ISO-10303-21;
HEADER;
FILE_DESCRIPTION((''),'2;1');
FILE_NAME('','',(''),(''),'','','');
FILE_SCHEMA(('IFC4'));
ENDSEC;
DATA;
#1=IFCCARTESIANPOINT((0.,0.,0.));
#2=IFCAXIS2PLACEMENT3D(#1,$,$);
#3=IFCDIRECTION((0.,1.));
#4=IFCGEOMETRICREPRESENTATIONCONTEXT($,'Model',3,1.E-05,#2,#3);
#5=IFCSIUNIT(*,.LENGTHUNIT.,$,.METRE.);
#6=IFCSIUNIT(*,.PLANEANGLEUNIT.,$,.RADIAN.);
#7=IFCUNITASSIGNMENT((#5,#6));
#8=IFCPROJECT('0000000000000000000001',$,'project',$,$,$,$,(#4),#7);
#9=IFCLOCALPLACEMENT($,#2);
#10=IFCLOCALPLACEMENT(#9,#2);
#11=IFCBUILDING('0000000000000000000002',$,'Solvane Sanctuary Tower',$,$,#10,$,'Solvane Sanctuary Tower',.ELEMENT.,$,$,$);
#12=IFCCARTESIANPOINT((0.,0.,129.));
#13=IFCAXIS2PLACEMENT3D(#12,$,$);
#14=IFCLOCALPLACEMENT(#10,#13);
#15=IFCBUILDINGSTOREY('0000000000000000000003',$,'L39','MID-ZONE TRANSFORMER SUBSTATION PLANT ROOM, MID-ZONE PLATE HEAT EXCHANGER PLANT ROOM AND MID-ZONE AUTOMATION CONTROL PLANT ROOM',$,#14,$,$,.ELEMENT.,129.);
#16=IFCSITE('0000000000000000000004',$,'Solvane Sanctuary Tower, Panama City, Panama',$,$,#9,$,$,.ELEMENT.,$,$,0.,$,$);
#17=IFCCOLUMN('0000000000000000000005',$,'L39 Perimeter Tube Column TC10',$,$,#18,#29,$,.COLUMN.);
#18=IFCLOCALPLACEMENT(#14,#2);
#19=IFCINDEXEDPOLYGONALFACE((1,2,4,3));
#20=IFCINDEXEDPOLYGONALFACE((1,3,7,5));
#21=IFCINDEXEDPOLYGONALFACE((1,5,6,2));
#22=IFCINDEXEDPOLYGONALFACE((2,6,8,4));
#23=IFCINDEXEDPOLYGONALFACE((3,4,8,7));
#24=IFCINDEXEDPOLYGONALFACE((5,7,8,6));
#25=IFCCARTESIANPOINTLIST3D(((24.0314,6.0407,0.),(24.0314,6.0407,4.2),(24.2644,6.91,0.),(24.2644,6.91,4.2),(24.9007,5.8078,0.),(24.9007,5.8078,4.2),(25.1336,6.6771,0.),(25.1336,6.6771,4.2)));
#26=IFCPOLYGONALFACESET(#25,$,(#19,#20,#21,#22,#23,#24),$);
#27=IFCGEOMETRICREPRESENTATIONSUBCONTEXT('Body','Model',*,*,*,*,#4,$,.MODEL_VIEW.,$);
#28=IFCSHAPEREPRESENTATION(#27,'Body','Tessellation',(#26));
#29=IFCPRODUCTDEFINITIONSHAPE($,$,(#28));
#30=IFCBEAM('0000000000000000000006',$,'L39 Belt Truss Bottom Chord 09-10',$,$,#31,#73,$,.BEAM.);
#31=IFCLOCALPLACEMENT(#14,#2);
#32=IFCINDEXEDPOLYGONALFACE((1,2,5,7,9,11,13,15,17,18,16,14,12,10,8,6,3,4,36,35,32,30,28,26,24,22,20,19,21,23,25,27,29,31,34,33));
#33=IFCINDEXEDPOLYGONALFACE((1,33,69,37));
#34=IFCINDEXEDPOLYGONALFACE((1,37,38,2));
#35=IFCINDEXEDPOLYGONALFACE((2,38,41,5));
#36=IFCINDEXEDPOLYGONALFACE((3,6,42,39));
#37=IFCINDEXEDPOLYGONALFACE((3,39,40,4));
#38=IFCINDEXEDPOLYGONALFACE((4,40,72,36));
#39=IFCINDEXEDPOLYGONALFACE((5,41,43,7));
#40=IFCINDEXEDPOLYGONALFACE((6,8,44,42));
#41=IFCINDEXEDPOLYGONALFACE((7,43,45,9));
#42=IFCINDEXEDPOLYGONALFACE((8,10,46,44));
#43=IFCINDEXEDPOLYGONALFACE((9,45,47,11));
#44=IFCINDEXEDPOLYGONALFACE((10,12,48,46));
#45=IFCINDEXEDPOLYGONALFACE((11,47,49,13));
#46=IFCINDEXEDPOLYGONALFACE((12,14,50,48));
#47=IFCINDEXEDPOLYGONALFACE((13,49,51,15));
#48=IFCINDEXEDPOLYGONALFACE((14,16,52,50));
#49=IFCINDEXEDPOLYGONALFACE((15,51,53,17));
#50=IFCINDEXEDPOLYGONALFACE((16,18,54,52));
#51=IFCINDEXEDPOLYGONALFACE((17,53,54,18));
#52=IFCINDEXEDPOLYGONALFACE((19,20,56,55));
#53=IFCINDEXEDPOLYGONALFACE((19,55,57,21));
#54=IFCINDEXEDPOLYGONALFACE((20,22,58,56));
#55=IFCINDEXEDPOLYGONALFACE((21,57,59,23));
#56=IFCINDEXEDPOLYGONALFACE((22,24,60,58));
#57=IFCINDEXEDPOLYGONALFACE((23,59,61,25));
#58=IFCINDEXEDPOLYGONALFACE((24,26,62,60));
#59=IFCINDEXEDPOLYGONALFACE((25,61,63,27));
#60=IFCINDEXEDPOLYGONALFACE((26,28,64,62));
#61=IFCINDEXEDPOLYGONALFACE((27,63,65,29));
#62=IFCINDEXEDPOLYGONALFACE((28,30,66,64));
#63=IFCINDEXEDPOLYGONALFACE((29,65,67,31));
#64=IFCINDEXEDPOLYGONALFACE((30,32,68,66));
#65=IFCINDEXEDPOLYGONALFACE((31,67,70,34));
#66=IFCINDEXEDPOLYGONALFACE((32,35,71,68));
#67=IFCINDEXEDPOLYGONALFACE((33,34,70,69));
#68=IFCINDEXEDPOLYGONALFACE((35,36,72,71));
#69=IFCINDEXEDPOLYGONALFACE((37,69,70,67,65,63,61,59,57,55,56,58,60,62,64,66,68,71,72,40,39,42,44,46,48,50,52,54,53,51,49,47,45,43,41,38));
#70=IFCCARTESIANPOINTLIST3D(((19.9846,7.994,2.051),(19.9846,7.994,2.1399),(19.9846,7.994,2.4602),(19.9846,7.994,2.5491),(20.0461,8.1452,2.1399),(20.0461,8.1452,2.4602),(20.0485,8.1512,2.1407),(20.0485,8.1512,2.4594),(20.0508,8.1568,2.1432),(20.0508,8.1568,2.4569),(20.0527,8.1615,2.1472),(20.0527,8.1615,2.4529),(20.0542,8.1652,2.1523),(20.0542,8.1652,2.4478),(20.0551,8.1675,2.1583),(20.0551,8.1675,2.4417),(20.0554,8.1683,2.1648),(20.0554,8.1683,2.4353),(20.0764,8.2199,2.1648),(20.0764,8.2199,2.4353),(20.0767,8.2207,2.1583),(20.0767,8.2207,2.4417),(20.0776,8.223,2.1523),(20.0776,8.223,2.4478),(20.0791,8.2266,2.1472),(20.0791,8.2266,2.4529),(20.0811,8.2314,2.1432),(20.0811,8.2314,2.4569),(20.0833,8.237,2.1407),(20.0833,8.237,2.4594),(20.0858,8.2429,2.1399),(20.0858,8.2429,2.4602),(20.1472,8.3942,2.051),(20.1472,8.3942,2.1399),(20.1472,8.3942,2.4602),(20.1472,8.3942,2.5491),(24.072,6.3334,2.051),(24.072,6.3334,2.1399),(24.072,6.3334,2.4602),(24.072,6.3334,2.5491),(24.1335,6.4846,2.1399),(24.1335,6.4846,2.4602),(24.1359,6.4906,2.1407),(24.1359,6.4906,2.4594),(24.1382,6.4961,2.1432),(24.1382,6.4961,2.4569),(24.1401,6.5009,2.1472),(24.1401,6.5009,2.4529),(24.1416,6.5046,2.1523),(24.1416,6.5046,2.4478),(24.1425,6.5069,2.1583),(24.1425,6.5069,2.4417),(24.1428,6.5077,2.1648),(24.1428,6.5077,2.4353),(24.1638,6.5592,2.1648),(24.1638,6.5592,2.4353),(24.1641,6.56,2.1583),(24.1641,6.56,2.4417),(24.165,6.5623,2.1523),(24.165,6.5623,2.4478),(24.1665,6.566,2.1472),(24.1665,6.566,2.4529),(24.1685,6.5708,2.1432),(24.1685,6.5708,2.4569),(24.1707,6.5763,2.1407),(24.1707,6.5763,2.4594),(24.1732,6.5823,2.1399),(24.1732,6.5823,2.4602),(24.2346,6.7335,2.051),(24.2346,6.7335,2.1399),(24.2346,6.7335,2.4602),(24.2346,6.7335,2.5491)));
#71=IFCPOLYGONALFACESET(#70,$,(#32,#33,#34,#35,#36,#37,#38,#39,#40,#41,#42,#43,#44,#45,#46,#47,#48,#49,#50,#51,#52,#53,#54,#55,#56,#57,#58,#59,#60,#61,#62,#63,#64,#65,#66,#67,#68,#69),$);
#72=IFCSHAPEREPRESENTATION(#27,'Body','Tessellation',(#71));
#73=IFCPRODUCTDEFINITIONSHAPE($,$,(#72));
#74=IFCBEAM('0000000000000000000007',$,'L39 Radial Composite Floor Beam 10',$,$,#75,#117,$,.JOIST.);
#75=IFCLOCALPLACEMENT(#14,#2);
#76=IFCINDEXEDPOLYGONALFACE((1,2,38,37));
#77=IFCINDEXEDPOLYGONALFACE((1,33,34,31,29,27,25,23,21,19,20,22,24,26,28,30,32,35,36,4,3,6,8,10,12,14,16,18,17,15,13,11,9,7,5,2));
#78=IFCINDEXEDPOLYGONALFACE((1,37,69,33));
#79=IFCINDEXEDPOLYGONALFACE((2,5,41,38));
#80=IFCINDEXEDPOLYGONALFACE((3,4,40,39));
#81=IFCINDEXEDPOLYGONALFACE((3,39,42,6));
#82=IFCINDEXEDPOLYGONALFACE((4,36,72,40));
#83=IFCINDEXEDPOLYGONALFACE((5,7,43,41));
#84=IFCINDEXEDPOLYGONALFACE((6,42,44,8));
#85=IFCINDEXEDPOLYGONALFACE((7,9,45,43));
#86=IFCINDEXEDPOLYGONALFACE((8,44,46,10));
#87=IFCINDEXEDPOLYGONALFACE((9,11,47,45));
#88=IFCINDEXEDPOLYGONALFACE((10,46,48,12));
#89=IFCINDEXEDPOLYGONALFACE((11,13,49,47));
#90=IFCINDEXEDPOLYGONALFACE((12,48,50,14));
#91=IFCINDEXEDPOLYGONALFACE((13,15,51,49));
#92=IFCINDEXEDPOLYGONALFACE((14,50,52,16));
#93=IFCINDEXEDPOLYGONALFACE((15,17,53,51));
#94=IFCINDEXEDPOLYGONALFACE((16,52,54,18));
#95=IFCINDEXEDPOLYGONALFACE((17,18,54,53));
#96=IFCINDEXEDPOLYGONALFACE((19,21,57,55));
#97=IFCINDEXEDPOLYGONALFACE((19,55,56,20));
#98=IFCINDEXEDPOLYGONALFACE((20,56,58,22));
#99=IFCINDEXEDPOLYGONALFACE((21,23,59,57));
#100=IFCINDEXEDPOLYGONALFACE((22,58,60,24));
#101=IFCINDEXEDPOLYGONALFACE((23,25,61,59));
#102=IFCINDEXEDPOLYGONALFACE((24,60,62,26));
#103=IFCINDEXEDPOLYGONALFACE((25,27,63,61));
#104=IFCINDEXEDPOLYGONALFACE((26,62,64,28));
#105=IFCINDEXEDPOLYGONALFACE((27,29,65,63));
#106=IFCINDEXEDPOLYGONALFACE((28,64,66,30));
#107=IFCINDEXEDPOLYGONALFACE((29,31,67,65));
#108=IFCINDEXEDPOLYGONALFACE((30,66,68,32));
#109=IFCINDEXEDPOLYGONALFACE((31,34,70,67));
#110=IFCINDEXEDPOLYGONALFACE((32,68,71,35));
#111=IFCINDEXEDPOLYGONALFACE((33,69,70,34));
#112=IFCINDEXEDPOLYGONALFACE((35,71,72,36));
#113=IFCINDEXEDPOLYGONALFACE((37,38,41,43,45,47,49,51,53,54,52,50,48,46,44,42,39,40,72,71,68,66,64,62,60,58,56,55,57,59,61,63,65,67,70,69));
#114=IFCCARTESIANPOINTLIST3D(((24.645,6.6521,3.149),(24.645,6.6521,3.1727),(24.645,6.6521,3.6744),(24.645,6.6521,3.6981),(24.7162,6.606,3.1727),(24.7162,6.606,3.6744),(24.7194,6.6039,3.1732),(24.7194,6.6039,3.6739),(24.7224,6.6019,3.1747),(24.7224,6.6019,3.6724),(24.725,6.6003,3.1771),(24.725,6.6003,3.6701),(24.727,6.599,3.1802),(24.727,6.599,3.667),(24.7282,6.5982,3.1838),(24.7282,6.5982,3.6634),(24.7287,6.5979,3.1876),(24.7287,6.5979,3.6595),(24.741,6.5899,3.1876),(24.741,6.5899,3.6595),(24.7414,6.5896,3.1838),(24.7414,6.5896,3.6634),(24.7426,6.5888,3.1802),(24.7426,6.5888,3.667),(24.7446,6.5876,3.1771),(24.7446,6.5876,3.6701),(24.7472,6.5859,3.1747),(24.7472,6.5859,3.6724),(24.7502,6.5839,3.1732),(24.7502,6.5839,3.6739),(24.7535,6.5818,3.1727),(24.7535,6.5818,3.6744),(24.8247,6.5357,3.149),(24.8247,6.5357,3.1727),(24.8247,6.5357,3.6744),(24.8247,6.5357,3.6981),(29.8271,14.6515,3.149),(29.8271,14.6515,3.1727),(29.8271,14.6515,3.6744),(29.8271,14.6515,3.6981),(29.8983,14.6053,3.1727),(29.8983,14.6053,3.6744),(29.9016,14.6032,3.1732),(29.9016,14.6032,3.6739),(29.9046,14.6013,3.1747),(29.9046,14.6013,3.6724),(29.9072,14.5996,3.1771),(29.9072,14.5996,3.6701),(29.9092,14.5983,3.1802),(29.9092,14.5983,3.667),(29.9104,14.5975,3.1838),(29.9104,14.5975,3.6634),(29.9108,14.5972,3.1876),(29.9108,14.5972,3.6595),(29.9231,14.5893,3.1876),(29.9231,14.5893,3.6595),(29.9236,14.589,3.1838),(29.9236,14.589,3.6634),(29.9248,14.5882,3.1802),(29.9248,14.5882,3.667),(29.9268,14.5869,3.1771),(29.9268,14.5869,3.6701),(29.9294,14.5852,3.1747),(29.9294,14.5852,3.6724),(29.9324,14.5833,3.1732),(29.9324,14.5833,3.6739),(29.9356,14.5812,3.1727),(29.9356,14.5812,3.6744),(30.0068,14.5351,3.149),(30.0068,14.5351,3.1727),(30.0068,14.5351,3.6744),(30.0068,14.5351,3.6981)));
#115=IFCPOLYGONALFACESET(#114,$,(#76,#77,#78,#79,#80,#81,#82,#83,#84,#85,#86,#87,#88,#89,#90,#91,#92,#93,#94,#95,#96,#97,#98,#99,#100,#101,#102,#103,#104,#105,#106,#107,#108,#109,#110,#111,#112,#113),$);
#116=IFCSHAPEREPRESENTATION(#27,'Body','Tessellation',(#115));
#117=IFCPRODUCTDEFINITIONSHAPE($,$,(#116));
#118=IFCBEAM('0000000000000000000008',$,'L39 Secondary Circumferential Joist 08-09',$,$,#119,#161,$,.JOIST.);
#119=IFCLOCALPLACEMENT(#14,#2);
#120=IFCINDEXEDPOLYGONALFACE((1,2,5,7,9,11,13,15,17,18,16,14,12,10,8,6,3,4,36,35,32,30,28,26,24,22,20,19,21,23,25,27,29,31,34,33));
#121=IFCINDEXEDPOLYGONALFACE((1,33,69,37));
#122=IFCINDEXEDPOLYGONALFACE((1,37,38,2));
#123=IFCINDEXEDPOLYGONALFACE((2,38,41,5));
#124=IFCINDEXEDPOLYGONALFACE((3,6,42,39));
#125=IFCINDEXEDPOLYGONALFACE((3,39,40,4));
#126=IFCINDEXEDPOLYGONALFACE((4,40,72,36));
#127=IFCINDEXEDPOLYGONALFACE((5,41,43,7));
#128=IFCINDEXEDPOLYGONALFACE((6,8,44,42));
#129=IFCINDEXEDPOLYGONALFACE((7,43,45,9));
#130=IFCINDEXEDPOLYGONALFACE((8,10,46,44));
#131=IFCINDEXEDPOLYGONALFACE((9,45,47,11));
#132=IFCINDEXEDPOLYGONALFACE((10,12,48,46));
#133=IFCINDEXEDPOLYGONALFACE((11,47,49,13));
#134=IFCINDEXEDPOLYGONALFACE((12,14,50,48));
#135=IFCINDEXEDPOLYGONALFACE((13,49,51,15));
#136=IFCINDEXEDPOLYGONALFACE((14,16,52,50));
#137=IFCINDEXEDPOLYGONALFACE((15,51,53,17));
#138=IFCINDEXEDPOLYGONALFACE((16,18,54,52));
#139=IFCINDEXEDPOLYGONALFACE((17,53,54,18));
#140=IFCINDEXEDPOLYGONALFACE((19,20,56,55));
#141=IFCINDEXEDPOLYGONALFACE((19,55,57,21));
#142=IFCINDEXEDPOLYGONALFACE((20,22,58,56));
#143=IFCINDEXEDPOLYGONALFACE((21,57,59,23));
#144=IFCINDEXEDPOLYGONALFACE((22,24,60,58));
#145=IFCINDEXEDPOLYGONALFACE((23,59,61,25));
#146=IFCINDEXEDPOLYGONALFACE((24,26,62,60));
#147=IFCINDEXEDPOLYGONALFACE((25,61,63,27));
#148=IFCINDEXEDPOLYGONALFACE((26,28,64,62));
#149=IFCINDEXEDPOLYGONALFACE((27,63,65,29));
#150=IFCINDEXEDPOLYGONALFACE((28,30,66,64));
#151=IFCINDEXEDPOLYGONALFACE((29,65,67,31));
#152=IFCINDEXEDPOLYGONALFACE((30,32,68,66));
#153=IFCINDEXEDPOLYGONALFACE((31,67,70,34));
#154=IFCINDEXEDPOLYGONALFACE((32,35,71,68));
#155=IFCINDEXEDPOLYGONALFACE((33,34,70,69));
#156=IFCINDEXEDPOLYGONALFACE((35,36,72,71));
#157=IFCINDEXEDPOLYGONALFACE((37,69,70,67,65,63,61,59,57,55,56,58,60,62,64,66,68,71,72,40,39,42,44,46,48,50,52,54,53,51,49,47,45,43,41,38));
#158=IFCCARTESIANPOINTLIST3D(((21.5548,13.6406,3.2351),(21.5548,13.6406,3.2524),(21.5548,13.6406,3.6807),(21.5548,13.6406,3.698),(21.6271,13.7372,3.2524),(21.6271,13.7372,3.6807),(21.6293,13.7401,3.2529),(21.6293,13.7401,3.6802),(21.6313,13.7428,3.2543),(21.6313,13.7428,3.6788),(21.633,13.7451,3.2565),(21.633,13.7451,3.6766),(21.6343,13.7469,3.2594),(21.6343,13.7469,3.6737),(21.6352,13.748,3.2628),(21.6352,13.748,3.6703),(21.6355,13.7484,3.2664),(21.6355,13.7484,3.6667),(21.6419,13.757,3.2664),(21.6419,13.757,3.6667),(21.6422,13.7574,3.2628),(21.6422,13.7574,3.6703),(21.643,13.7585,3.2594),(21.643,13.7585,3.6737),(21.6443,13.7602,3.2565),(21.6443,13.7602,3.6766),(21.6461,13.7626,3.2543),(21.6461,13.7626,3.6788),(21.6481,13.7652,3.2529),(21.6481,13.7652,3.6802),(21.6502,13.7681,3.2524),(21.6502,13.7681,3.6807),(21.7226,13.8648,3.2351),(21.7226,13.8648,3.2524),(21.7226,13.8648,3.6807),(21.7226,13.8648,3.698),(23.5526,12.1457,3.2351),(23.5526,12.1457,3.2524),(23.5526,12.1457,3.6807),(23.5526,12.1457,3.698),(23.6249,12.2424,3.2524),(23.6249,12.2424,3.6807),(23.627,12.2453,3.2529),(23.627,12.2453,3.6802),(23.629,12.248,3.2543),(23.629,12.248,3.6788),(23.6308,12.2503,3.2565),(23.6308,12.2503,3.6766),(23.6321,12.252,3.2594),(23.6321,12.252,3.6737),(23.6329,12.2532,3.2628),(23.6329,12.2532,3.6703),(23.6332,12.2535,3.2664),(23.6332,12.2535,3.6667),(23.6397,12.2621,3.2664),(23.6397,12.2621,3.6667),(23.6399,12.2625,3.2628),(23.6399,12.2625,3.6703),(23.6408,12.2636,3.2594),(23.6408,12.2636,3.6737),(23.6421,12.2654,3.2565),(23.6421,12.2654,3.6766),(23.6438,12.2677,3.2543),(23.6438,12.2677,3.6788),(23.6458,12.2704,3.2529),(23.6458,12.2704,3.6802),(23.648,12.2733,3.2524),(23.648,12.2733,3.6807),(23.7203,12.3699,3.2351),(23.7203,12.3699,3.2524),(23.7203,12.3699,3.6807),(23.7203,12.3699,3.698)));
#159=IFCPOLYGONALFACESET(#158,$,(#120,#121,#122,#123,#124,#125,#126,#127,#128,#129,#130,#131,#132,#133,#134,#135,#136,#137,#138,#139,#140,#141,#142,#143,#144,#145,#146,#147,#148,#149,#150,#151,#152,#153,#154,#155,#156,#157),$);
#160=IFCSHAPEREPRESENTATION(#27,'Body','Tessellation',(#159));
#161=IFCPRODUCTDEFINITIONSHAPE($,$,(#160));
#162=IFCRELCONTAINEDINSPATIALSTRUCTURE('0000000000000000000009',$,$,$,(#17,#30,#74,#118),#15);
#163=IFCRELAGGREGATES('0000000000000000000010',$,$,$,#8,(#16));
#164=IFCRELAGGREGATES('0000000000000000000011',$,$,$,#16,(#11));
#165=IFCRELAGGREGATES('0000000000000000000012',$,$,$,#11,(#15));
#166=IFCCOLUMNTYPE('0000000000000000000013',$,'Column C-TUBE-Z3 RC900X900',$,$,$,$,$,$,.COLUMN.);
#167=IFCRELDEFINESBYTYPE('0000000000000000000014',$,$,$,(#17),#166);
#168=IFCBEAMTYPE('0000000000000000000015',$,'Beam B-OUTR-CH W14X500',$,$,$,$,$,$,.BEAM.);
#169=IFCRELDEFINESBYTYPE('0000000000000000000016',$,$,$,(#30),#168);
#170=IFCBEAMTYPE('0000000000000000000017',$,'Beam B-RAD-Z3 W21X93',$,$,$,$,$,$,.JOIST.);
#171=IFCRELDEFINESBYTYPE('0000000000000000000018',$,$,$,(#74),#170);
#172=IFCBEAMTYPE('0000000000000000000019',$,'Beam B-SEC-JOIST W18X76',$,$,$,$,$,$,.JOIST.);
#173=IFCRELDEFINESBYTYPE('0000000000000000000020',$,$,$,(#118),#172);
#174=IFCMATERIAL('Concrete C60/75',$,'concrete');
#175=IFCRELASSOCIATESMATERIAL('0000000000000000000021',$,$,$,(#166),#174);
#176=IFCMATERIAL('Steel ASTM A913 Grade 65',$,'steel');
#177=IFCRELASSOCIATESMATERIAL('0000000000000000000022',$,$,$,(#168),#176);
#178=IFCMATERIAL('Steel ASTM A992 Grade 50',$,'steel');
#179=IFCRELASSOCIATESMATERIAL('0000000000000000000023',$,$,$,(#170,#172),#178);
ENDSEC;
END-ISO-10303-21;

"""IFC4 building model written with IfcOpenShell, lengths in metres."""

from ifc_helpers import new_model, si_unit, direction, frame, origin, origin_2d, place, context, subcontext, project, spatial, rectangle, i_section, extrude, material, material_profile, profile_set, type_object, element, save


model = new_model("IFC4")

# Units and contexts
model_context = context("Model", 3, precision=1e-05, world=origin(), true_north=direction((0.0, 1.0)))
body_context = subcontext(model_context, "Body", "Model", "MODEL_VIEW")
ifc_project = project(units=[si_unit("LENGTHUNIT", "METRE"), si_unit("PLANEANGLEUNIT", "RADIAN")], contexts=[model_context])

# Site, building, storey
site_placement = place(None, origin())
site = spatial("IfcSite", under=ifc_project, at=site_placement, Name="Solvane Sanctuary Tower, Panama City, Panama", CompositionType="ELEMENT", RefElevation=0.0)
building_placement = place(site_placement, origin())
building = spatial("IfcBuilding", under=site, at=building_placement, Name="Solvane Sanctuary Tower", LongName="Solvane Sanctuary Tower", CompositionType="ELEMENT")
storey_placement = place(building_placement, frame((0.0, 0.0, 129.0)))
storey = spatial("IfcBuildingStorey", under=building, at=storey_placement, Name="L39", Description="MID-ZONE TRANSFORMER SUBSTATION PLANT ROOM, MID-ZONE PLATE HEAT EXCHANGER PLANT ROOM AND MID-ZONE AUTOMATION CONTROL PLANT ROOM", CompositionType="ELEMENT", Elevation=129.0)

# Column
ifc_material_1 = material(Name="Concrete C60/75", Category="concrete")
ifc_material_profile_1 = material_profile(ifc_material_1, rectangle(XDim=0.8999, YDim=0.8999, at=origin_2d()), Name="RC900X900")
ifc_profile_set_1 = profile_set([ifc_material_profile_1], Name="Concrete C60/75")
column_type = type_object("IfcColumnType", Name="Column C-TUBE-Z3 RC900X900", PredefinedType="COLUMN", material=ifc_profile_set_1)
column_placement = place(storey_placement, frame((24.5825, 6.3589, 0.0), z_axis=(0.0, 0.0, 1.0), x_axis=(-0.258819, -0.965926, 0.0)))
element("IfcColumn", 1, at=column_placement, inside=storey, type_object=column_type, Name="L39 Perimeter Tube Column TC10", PredefinedType="COLUMN", context=body_context, shape_type="SweptSolid", body=[
    extrude(rectangle(XDim=0.8999, YDim=0.8999, at=origin_2d()), origin(), (0.0, 0.0, 1.0), 4.2),
])

# Beams
ifc_material_2 = material(Name="Steel ASTM A913 Grade 65", Category="steel")
ifc_material_profile_2 = material_profile(ifc_material_2, i_section(OverallWidth=0.4319, OverallDepth=0.498, WebThickness=0.0557, FlangeThickness=0.0889, FilletRadius=0.0249, at=origin_2d()), Name="W14X500")
ifc_profile_set_2 = profile_set([ifc_material_profile_2], Name="Steel ASTM A913 Grade 65")
beam_type_1 = type_object("IfcBeamType", Name="Beam B-OUTR-CH W14X500", PredefinedType="BEAM", material=ifc_profile_set_2)
beam_1_placement = place(storey_placement, frame((20.0659, 8.1941, 2.3), z_axis=(0.926456, -0.376404, 0.0), x_axis=(0.376404, 0.926456, 0.0)))
element("IfcBeam", 2, at=beam_1_placement, inside=storey, type_object=beam_type_1, Name="L39 Belt Truss Bottom Chord 09-10", PredefinedType="BEAM", context=body_context, shape_type="SweptSolid", body=[
    extrude(i_section(OverallWidth=0.4319, OverallDepth=0.498, WebThickness=0.0557, FlangeThickness=0.0889, FilletRadius=0.0249, at=origin_2d()), origin(), (0.0, 0.0, 1.0), 4.4119),
])
ifc_material_3 = material(Name="Steel ASTM A992 Grade 50", Category="steel")
ifc_material_profile_3 = material_profile(ifc_material_3, i_section(OverallWidth=0.2141, OverallDepth=0.5491, WebThickness=0.0146, FlangeThickness=0.0237, FilletRadius=0.0149, at=origin_2d()), Name="W21X93")
ifc_profile_set_3 = profile_set([ifc_material_profile_3], Name="Steel ASTM A992 Grade 50")
beam_type_2 = type_object("IfcBeamType", Name="Beam B-RAD-Z3 W21X93", PredefinedType="JOIST", material=ifc_profile_set_3)
beam_2_placement = place(storey_placement, frame((29.917, 14.5933, 3.4236), z_axis=(-0.543705, -0.839277, 0.0), x_axis=(0.839277, -0.543705, 0.0)))
element("IfcBeam", 3, at=beam_2_placement, inside=storey, type_object=beam_type_2, Name="L39 Radial Composite Floor Beam 10", PredefinedType="JOIST", context=body_context, shape_type="SweptSolid", body=[
    extrude(i_section(OverallWidth=0.2141, OverallDepth=0.5491, WebThickness=0.0146, FlangeThickness=0.0237, FilletRadius=0.0149, at=origin_2d()), origin(), (0.0, 0.0, 1.0), 9.5312),
])
ifc_material_profile_4 = material_profile(ifc_material_3, i_section(OverallWidth=0.28, OverallDepth=0.4629, WebThickness=0.0107, FlangeThickness=0.0173, FilletRadius=0.0139, at=origin_2d()), Name="W18X76")
ifc_profile_set_4 = profile_set([ifc_material_profile_4], Name="Steel ASTM A992 Grade 50")
beam_type_3 = type_object("IfcBeamType", Name="Beam B-SEC-JOIST W18X76", PredefinedType="JOIST", material=ifc_profile_set_4)
beam_3_placement = place(storey_placement, frame((21.6387, 13.7527, 3.4666), z_axis=(0.800669, -0.599107, 0.0), x_axis=(0.599107, 0.800669, 0.0)))
element("IfcBeam", 4, at=beam_3_placement, inside=storey, type_object=beam_type_3, Name="L39 Secondary Circumferential Joist 08-09", PredefinedType="JOIST", context=body_context, shape_type="SweptSolid", body=[
    extrude(i_section(OverallWidth=0.28, OverallDepth=0.4629, WebThickness=0.0107, FlangeThickness=0.0173, FilletRadius=0.0139, at=origin_2d()), origin(), (0.0, 0.0, 1.0), 2.4951),
])

save(model, "model.ifc")
